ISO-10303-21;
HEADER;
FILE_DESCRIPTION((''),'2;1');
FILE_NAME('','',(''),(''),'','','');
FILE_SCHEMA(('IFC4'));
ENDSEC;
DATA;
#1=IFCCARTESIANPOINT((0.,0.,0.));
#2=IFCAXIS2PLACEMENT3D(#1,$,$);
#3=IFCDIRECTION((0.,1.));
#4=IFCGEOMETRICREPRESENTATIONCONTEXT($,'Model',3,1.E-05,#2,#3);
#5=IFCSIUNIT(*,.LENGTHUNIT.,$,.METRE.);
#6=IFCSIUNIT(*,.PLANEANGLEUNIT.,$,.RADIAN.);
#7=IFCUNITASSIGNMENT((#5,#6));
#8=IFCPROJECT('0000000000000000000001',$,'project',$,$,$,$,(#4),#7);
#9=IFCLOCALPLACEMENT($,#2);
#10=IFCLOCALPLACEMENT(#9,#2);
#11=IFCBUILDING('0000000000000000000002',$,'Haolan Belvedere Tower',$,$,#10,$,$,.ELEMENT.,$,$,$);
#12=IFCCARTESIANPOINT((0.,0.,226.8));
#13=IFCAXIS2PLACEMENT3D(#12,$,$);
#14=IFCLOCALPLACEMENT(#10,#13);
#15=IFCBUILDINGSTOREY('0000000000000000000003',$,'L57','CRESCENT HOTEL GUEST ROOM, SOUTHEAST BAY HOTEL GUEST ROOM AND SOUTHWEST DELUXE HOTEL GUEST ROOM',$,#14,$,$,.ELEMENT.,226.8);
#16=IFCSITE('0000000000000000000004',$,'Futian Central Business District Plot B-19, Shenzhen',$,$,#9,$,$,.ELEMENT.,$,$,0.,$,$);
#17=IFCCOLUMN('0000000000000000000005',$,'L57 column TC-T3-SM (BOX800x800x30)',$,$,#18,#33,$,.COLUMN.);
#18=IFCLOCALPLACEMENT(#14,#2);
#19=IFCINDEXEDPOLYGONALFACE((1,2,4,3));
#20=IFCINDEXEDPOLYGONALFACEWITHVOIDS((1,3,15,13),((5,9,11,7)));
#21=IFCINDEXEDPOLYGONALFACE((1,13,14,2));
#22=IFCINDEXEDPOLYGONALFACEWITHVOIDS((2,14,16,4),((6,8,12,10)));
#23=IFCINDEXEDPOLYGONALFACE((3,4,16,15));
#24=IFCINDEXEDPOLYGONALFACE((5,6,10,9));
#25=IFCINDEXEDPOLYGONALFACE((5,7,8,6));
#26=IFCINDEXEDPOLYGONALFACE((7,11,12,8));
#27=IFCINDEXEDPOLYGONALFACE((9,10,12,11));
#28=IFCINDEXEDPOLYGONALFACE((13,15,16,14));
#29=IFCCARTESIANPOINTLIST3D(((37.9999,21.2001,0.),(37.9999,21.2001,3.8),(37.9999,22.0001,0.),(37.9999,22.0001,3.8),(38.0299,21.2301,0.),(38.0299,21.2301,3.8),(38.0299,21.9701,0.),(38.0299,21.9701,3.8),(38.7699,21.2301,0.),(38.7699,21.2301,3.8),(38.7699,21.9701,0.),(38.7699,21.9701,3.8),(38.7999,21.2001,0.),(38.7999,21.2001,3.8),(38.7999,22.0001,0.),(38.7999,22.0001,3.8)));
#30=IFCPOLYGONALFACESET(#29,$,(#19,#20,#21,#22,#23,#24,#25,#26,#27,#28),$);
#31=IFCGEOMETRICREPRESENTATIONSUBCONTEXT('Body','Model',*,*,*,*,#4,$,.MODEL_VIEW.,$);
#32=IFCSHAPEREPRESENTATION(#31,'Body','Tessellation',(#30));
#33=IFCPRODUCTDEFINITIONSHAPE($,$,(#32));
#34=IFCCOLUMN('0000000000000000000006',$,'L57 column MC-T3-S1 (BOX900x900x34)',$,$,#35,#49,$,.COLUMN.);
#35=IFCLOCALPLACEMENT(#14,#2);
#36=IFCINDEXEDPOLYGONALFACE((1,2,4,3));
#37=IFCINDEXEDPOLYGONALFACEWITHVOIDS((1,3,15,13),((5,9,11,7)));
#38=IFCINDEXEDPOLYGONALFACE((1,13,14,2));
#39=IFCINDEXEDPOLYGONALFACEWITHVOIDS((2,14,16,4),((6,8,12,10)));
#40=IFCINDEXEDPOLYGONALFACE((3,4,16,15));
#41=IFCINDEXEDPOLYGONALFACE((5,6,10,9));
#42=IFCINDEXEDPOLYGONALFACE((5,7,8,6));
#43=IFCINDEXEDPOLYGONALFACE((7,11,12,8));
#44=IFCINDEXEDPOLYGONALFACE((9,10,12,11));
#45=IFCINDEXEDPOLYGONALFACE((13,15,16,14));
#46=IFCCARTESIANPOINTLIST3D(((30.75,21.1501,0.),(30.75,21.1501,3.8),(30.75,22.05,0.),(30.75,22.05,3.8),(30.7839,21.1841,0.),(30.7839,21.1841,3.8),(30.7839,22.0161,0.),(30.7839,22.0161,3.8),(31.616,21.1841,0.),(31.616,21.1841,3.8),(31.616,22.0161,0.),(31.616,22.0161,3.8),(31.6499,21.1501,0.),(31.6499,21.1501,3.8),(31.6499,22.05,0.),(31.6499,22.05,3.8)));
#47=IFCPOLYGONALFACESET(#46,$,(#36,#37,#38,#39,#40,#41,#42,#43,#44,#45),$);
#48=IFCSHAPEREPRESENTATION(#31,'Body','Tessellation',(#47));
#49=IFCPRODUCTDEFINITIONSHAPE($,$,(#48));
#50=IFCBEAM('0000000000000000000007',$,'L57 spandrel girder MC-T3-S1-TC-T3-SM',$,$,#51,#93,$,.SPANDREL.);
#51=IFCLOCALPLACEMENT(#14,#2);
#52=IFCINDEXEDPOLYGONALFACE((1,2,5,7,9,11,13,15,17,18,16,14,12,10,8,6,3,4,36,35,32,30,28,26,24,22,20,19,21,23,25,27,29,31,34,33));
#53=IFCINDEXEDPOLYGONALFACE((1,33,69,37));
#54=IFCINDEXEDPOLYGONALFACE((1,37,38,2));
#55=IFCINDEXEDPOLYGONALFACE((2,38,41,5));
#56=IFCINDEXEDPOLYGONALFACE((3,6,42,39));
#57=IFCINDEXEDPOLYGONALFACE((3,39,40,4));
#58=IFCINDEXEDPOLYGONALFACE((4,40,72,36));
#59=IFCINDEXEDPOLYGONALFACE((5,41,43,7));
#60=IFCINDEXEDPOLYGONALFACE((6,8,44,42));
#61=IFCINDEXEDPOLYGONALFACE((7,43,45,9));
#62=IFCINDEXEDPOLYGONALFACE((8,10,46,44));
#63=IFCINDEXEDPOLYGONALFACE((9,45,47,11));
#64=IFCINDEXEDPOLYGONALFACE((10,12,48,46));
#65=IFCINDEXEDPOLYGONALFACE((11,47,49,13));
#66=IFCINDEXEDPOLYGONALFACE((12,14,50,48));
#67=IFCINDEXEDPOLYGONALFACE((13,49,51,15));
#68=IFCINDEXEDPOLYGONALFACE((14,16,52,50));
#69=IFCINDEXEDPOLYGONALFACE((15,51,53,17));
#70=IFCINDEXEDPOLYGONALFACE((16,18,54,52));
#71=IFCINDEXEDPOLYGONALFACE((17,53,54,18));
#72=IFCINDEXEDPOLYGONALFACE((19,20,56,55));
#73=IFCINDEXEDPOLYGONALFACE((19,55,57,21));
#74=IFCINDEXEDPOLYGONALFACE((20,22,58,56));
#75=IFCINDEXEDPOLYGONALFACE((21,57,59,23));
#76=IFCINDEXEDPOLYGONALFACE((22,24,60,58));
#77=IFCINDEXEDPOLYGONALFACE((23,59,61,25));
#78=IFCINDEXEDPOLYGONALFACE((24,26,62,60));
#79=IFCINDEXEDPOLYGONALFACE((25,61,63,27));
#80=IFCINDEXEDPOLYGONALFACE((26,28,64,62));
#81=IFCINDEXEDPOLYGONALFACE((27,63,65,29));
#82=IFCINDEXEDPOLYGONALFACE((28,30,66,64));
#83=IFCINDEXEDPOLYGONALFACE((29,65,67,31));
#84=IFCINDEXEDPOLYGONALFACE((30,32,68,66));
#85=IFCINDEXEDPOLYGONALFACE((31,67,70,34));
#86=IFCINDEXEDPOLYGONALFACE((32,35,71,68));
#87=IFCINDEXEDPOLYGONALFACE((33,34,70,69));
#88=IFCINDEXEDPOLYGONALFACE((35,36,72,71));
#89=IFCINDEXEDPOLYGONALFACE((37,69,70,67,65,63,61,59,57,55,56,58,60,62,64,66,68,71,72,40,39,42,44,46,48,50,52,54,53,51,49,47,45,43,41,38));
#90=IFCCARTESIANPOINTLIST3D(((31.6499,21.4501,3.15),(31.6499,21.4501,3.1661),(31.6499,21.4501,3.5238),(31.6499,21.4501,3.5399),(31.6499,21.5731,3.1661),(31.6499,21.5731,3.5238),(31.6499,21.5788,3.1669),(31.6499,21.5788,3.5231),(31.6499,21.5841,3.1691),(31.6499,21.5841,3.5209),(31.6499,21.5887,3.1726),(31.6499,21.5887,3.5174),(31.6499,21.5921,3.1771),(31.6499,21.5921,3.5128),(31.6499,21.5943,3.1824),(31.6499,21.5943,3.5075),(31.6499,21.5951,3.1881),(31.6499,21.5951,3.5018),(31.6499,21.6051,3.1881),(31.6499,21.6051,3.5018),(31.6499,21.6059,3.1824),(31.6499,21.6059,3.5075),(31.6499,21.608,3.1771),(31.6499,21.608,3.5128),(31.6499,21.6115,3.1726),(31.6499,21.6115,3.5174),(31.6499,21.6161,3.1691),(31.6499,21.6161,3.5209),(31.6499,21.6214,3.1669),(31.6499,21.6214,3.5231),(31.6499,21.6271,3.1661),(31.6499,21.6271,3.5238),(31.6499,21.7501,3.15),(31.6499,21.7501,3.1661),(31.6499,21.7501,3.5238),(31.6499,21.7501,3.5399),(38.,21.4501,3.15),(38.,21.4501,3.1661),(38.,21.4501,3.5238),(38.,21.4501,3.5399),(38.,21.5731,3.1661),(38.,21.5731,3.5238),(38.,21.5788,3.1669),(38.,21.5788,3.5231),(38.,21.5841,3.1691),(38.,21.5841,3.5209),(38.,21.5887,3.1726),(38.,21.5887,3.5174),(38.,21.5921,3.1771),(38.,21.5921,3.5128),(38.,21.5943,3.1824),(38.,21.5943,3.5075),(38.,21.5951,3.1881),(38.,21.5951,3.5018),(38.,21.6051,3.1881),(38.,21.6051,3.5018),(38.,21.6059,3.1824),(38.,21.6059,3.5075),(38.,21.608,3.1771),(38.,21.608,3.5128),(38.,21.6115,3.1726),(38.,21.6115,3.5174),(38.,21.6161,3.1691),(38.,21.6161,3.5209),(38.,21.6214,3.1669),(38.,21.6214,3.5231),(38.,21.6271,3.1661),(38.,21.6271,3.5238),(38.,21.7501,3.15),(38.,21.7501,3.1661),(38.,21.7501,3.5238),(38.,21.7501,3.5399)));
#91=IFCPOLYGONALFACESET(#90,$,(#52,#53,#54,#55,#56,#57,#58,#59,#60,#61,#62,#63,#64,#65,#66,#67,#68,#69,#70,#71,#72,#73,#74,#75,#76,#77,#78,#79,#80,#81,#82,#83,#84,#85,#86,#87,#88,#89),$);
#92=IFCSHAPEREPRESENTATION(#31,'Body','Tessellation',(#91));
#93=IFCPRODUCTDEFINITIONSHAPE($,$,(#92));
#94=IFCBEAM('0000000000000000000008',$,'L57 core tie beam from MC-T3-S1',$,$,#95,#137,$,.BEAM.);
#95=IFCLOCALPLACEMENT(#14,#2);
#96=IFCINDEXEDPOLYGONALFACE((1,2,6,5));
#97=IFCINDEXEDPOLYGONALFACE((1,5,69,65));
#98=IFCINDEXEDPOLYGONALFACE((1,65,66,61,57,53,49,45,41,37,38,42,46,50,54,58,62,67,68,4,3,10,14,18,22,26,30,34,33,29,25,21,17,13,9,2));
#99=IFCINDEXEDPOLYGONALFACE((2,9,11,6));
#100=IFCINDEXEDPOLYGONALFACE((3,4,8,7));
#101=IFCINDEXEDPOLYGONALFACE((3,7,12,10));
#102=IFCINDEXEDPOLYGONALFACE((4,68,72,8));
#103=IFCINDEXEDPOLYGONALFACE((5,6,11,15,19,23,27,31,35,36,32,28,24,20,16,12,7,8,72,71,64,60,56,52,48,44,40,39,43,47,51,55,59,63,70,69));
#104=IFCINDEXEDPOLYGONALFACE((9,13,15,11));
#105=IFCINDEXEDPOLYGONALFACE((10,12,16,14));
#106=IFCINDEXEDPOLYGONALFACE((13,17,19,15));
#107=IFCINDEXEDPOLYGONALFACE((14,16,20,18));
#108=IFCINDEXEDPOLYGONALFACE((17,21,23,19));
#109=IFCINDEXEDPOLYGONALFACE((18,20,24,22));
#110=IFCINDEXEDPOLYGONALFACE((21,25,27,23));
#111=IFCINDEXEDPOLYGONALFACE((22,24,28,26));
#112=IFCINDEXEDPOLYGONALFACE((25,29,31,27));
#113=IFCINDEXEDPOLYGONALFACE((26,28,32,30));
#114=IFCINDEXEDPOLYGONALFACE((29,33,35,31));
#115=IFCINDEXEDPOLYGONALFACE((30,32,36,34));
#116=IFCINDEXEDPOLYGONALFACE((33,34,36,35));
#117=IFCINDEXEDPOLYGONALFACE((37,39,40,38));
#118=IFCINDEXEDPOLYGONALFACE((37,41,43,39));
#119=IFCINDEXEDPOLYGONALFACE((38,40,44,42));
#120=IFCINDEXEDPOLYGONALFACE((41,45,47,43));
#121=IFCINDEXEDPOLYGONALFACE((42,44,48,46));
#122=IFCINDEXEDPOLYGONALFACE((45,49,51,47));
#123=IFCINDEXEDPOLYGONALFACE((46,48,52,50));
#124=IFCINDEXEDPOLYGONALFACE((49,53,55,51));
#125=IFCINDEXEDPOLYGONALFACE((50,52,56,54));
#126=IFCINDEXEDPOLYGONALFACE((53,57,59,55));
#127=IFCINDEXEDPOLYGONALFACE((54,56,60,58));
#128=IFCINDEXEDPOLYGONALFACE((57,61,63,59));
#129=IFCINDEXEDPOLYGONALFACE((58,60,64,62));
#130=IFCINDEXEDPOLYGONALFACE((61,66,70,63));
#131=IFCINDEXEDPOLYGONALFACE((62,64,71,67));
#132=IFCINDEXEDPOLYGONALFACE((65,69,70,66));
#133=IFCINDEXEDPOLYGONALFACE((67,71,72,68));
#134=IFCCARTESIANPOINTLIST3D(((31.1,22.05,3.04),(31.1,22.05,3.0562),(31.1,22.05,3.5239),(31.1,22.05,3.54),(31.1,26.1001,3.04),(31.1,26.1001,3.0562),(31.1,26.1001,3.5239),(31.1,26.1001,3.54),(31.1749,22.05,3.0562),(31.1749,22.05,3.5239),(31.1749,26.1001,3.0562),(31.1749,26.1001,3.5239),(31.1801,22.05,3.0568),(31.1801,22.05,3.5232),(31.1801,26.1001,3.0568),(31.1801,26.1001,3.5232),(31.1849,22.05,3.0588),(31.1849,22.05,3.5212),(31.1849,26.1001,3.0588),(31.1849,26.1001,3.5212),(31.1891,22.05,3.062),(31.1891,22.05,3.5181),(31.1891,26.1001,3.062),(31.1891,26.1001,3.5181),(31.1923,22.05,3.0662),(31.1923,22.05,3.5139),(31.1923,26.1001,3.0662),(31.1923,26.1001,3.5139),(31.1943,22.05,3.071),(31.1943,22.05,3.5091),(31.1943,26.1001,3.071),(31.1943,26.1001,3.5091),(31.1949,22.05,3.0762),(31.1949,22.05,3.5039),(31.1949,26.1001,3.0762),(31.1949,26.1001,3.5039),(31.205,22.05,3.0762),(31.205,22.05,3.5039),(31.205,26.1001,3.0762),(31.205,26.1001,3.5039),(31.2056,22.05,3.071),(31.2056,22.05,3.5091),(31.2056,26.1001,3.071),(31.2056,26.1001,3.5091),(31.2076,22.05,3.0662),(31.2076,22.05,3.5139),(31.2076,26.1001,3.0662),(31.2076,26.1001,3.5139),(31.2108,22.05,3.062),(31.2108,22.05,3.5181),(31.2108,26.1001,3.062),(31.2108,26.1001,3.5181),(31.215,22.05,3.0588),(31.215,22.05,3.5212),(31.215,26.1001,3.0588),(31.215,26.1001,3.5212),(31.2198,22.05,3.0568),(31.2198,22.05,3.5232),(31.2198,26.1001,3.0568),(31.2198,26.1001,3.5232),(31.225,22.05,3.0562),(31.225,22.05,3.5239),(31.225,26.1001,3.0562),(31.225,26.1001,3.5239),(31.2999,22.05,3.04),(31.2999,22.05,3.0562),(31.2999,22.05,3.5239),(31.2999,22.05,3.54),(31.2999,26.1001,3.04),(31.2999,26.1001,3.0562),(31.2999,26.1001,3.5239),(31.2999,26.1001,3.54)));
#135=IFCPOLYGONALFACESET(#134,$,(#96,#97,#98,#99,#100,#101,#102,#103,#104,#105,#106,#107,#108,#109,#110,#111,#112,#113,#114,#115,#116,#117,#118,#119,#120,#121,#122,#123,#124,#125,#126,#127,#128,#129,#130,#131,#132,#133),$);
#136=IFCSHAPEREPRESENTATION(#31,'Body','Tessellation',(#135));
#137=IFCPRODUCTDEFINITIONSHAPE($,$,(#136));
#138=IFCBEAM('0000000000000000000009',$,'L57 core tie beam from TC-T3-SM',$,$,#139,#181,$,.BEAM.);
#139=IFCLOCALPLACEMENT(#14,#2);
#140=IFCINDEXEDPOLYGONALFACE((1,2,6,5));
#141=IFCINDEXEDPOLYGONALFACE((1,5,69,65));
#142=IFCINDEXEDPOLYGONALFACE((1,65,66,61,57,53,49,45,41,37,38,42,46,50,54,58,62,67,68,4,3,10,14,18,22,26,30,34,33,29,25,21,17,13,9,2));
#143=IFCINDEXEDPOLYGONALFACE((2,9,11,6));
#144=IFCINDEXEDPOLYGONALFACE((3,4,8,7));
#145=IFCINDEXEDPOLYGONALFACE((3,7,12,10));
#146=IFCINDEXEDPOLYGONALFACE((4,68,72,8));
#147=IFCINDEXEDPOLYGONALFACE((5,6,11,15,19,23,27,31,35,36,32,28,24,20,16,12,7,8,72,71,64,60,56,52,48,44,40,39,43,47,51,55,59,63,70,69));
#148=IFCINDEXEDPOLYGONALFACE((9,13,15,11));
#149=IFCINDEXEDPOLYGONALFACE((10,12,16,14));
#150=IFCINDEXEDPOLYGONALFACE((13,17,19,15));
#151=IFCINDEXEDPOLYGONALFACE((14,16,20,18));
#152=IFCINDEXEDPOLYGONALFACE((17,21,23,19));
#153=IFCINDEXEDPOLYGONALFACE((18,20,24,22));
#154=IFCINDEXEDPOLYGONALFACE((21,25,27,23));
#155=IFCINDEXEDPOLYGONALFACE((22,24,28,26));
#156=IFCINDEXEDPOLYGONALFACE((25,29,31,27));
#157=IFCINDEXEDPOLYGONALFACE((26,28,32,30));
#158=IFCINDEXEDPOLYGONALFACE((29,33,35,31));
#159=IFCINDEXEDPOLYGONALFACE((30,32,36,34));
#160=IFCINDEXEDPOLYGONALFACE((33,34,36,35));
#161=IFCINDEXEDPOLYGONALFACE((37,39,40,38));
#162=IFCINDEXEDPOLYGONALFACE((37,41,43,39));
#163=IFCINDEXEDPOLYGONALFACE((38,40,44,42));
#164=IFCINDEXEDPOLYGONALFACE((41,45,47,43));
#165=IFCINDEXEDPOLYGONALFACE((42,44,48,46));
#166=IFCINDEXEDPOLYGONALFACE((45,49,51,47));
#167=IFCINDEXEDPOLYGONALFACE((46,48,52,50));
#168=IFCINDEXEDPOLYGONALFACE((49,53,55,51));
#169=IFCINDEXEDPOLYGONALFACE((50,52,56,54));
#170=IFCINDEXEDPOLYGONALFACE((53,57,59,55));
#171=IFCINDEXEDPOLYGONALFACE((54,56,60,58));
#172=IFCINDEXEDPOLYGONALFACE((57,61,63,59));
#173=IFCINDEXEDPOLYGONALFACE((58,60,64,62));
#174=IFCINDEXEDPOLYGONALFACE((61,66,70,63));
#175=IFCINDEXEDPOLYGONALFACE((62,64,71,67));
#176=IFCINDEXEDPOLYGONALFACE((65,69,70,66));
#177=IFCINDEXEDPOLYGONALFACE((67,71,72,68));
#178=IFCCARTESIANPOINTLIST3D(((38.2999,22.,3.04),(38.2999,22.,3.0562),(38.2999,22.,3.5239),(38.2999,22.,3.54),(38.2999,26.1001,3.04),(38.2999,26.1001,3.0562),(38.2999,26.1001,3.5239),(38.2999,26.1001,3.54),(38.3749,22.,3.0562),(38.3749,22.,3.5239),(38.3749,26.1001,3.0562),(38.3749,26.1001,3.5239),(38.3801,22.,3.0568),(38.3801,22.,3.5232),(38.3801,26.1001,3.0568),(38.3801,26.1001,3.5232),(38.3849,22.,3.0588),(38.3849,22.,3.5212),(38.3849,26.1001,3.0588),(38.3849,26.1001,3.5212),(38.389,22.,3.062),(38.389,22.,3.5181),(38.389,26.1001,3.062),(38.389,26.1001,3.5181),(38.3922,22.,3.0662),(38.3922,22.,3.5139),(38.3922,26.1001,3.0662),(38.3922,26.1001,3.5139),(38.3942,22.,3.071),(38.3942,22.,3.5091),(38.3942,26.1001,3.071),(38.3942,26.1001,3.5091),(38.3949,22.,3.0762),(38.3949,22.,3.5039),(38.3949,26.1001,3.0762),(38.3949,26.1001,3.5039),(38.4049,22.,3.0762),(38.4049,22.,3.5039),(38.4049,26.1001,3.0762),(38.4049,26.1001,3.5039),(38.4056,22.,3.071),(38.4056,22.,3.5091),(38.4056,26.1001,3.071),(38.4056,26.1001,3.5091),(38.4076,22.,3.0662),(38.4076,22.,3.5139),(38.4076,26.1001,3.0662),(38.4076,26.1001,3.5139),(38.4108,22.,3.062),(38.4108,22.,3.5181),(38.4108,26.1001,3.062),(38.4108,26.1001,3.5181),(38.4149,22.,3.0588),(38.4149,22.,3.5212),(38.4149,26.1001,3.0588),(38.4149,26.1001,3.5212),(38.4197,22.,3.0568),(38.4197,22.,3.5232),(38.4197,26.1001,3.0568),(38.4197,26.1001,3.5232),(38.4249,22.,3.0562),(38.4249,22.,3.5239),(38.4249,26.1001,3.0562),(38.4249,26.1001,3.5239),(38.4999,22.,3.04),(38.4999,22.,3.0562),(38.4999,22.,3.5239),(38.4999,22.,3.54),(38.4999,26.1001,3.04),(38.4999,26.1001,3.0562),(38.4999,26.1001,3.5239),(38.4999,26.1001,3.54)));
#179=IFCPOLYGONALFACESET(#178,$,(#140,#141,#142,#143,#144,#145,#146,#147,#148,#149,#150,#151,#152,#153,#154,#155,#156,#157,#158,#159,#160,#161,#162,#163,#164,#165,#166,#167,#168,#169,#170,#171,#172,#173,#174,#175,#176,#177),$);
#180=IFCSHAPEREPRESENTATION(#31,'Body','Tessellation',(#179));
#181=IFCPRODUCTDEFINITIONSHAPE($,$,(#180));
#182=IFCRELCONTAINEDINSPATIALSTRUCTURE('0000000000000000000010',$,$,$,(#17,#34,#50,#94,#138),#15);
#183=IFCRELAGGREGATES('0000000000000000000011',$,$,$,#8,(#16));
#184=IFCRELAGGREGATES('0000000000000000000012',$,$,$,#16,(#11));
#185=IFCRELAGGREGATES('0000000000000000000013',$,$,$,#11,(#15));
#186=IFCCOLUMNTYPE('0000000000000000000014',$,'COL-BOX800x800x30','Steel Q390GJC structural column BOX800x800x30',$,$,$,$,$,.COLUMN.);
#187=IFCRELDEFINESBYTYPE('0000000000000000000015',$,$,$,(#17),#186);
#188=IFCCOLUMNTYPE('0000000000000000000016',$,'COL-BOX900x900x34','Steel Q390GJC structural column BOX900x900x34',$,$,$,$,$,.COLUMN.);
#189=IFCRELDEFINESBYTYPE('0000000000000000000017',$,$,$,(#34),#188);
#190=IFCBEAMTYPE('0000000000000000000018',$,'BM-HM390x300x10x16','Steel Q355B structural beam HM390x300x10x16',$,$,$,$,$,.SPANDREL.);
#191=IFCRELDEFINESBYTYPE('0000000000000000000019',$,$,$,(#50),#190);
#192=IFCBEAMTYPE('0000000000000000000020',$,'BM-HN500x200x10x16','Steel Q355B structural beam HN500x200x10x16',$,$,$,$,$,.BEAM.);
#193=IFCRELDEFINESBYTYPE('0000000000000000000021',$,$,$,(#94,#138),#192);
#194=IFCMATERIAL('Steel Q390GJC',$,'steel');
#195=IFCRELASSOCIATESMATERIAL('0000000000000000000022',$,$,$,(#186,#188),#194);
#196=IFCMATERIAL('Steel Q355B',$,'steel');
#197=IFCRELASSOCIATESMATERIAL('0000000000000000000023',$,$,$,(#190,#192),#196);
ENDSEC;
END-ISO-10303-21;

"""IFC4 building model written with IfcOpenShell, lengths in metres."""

from ifc_helpers import new_model, si_unit, direction, frame, origin, origin_2d, place, context, subcontext, project, spatial, hollow_rectangle, i_section, extrude, material, material_profile, profile_set, type_object, element, save


model = new_model("IFC4")

# Units and contexts
model_context = context("Model", 3, precision=1e-05, world=origin(), true_north=direction((0.0, 1.0)))
body_context = subcontext(model_context, "Body", "Model", "MODEL_VIEW")
ifc_project = project(units=[si_unit("LENGTHUNIT", "METRE"), si_unit("PLANEANGLEUNIT", "RADIAN")], contexts=[model_context])

# Site, building, storey
site_placement = place(None, origin())
site = spatial("IfcSite", under=ifc_project, at=site_placement, Name="Futian Central Business District Plot B-19, Shenzhen", CompositionType="ELEMENT", RefElevation=0.0)
building_placement = place(site_placement, origin())
building = spatial("IfcBuilding", under=site, at=building_placement, Name="Haolan Belvedere Tower", CompositionType="ELEMENT")
storey_placement = place(building_placement, frame((0.0, 0.0, 226.8)))
storey = spatial("IfcBuildingStorey", under=building, at=storey_placement, Name="L57", Description="CRESCENT HOTEL GUEST ROOM, SOUTHEAST BAY HOTEL GUEST ROOM AND SOUTHWEST DELUXE HOTEL GUEST ROOM", CompositionType="ELEMENT", Elevation=226.8)

# Columns
ifc_material_1 = material(Name="Steel Q390GJC", Category="steel")
ifc_material_profile_1 = material_profile(ifc_material_1, hollow_rectangle(XDim=0.8, YDim=0.8, WallThickness=0.03, at=origin_2d()), Name="Steel Q390GJC")
ifc_profile_set_1 = profile_set([ifc_material_profile_1], Name="Steel Q390GJC")
column_type_1 = type_object("IfcColumnType", Name="COL-BOX800x800x30", Description="Steel Q390GJC structural column BOX800x800x30", PredefinedType="COLUMN", material=ifc_profile_set_1)
column_1_placement = place(storey_placement, frame((38.3999, 21.6001, 0.0), z_axis=(0.0, 0.0, 1.0), x_axis=(1.0, 0.0, 0.0)))
element("IfcColumn", 1, at=column_1_placement, inside=storey, type_object=column_type_1, Name="L57 column TC-T3-SM (BOX800x800x30)", PredefinedType="COLUMN", context=body_context, shape_type="SweptSolid", body=[
    extrude(hollow_rectangle(XDim=0.8, YDim=0.8, WallThickness=0.03, at=origin_2d()), origin(), (0.0, 0.0, 1.0), 3.8),
])
ifc_material_profile_2 = material_profile(ifc_material_1, hollow_rectangle(XDim=0.8999, YDim=0.8999, WallThickness=0.0339, at=origin_2d()), Name="Steel Q390GJC")
ifc_profile_set_2 = profile_set([ifc_material_profile_2], Name="Steel Q390GJC")
column_type_2 = type_object("IfcColumnType", Name="COL-BOX900x900x34", Description="Steel Q390GJC structural column BOX900x900x34", PredefinedType="COLUMN", material=ifc_profile_set_2)
column_2_placement = place(storey_placement, frame((31.2, 21.6001, 0.0), z_axis=(0.0, 0.0, 1.0), x_axis=(1.0, 0.0, 0.0)))
element("IfcColumn", 2, at=column_2_placement, inside=storey, type_object=column_type_2, Name="L57 column MC-T3-S1 (BOX900x900x34)", PredefinedType="COLUMN", context=body_context, shape_type="SweptSolid", body=[
    extrude(hollow_rectangle(XDim=0.8999, YDim=0.8999, WallThickness=0.0339, at=origin_2d()), origin(), (0.0, 0.0, 1.0), 3.8),
])

# Beams
ifc_material_2 = material(Name="Steel Q355B", Category="steel")
ifc_material_profile_3 = material_profile(ifc_material_2, i_section(OverallWidth=0.3, OverallDepth=0.3899, WebThickness=0.01, FlangeThickness=0.0161, FilletRadius=0.022, at=origin_2d()), Name="Steel Q355B")
ifc_profile_set_3 = profile_set([ifc_material_profile_3], Name="Steel Q355B")
beam_type_1 = type_object("IfcBeamType", Name="BM-HM390x300x10x16", Description="Steel Q355B structural beam HM390x300x10x16", PredefinedType="SPANDREL", material=ifc_profile_set_3)
beam_1_placement = place(storey_placement, frame((31.6499, 21.6001, 3.345), z_axis=(1.0, 0.0, 0.0), x_axis=(0.0, 1.0, 0.0)))
element("IfcBeam", 3, at=beam_1_placement, inside=storey, type_object=beam_type_1, Name="L57 spandrel girder MC-T3-S1-TC-T3-SM", PredefinedType="SPANDREL", context=body_context, shape_type="SweptSolid", body=[
    extrude(i_section(OverallWidth=0.3, OverallDepth=0.3899, WebThickness=0.01, FlangeThickness=0.0161, FilletRadius=0.022, at=origin_2d()), origin(), (0.0, 0.0, 1.0), 6.3501),
])
ifc_material_profile_4 = material_profile(ifc_material_2, i_section(OverallWidth=0.2, OverallDepth=0.5, WebThickness=0.01, FlangeThickness=0.0161, FilletRadius=0.02, at=origin_2d()), Name="Steel Q355B")
ifc_profile_set_4 = profile_set([ifc_material_profile_4], Name="Steel Q355B")
beam_type_2 = type_object("IfcBeamType", Name="BM-HN500x200x10x16", Description="Steel Q355B structural beam HN500x200x10x16", PredefinedType="BEAM", material=ifc_profile_set_4)
beam_2_placement = place(storey_placement, frame((31.2, 22.05, 3.29), z_axis=(0.0, 1.0, 0.0), x_axis=(-1.0, 0.0, 0.0)))
element("IfcBeam", 4, at=beam_2_placement, inside=storey, type_object=beam_type_2, Name="L57 core tie beam from MC-T3-S1", PredefinedType="BEAM", context=body_context, shape_type="SweptSolid", body=[
    extrude(i_section(OverallWidth=0.2, OverallDepth=0.5, WebThickness=0.01, FlangeThickness=0.0161, FilletRadius=0.02, at=origin_2d()), origin(), (0.0, 0.0, 1.0), 4.05),
])
beam_3_placement = place(storey_placement, frame((38.3999, 22.0, 3.29), z_axis=(0.0, 1.0, 0.0), x_axis=(-1.0, 0.0, 0.0)))
element("IfcBeam", 5, at=beam_3_placement, inside=storey, type_object=beam_type_2, Name="L57 core tie beam from TC-T3-SM", PredefinedType="BEAM", context=body_context, shape_type="SweptSolid", body=[
    extrude(i_section(OverallWidth=0.2, OverallDepth=0.5, WebThickness=0.01, FlangeThickness=0.0161, FilletRadius=0.02, at=origin_2d()), origin(), (0.0, 0.0, 1.0), 4.1001),
])

save(model, "model.ifc")
